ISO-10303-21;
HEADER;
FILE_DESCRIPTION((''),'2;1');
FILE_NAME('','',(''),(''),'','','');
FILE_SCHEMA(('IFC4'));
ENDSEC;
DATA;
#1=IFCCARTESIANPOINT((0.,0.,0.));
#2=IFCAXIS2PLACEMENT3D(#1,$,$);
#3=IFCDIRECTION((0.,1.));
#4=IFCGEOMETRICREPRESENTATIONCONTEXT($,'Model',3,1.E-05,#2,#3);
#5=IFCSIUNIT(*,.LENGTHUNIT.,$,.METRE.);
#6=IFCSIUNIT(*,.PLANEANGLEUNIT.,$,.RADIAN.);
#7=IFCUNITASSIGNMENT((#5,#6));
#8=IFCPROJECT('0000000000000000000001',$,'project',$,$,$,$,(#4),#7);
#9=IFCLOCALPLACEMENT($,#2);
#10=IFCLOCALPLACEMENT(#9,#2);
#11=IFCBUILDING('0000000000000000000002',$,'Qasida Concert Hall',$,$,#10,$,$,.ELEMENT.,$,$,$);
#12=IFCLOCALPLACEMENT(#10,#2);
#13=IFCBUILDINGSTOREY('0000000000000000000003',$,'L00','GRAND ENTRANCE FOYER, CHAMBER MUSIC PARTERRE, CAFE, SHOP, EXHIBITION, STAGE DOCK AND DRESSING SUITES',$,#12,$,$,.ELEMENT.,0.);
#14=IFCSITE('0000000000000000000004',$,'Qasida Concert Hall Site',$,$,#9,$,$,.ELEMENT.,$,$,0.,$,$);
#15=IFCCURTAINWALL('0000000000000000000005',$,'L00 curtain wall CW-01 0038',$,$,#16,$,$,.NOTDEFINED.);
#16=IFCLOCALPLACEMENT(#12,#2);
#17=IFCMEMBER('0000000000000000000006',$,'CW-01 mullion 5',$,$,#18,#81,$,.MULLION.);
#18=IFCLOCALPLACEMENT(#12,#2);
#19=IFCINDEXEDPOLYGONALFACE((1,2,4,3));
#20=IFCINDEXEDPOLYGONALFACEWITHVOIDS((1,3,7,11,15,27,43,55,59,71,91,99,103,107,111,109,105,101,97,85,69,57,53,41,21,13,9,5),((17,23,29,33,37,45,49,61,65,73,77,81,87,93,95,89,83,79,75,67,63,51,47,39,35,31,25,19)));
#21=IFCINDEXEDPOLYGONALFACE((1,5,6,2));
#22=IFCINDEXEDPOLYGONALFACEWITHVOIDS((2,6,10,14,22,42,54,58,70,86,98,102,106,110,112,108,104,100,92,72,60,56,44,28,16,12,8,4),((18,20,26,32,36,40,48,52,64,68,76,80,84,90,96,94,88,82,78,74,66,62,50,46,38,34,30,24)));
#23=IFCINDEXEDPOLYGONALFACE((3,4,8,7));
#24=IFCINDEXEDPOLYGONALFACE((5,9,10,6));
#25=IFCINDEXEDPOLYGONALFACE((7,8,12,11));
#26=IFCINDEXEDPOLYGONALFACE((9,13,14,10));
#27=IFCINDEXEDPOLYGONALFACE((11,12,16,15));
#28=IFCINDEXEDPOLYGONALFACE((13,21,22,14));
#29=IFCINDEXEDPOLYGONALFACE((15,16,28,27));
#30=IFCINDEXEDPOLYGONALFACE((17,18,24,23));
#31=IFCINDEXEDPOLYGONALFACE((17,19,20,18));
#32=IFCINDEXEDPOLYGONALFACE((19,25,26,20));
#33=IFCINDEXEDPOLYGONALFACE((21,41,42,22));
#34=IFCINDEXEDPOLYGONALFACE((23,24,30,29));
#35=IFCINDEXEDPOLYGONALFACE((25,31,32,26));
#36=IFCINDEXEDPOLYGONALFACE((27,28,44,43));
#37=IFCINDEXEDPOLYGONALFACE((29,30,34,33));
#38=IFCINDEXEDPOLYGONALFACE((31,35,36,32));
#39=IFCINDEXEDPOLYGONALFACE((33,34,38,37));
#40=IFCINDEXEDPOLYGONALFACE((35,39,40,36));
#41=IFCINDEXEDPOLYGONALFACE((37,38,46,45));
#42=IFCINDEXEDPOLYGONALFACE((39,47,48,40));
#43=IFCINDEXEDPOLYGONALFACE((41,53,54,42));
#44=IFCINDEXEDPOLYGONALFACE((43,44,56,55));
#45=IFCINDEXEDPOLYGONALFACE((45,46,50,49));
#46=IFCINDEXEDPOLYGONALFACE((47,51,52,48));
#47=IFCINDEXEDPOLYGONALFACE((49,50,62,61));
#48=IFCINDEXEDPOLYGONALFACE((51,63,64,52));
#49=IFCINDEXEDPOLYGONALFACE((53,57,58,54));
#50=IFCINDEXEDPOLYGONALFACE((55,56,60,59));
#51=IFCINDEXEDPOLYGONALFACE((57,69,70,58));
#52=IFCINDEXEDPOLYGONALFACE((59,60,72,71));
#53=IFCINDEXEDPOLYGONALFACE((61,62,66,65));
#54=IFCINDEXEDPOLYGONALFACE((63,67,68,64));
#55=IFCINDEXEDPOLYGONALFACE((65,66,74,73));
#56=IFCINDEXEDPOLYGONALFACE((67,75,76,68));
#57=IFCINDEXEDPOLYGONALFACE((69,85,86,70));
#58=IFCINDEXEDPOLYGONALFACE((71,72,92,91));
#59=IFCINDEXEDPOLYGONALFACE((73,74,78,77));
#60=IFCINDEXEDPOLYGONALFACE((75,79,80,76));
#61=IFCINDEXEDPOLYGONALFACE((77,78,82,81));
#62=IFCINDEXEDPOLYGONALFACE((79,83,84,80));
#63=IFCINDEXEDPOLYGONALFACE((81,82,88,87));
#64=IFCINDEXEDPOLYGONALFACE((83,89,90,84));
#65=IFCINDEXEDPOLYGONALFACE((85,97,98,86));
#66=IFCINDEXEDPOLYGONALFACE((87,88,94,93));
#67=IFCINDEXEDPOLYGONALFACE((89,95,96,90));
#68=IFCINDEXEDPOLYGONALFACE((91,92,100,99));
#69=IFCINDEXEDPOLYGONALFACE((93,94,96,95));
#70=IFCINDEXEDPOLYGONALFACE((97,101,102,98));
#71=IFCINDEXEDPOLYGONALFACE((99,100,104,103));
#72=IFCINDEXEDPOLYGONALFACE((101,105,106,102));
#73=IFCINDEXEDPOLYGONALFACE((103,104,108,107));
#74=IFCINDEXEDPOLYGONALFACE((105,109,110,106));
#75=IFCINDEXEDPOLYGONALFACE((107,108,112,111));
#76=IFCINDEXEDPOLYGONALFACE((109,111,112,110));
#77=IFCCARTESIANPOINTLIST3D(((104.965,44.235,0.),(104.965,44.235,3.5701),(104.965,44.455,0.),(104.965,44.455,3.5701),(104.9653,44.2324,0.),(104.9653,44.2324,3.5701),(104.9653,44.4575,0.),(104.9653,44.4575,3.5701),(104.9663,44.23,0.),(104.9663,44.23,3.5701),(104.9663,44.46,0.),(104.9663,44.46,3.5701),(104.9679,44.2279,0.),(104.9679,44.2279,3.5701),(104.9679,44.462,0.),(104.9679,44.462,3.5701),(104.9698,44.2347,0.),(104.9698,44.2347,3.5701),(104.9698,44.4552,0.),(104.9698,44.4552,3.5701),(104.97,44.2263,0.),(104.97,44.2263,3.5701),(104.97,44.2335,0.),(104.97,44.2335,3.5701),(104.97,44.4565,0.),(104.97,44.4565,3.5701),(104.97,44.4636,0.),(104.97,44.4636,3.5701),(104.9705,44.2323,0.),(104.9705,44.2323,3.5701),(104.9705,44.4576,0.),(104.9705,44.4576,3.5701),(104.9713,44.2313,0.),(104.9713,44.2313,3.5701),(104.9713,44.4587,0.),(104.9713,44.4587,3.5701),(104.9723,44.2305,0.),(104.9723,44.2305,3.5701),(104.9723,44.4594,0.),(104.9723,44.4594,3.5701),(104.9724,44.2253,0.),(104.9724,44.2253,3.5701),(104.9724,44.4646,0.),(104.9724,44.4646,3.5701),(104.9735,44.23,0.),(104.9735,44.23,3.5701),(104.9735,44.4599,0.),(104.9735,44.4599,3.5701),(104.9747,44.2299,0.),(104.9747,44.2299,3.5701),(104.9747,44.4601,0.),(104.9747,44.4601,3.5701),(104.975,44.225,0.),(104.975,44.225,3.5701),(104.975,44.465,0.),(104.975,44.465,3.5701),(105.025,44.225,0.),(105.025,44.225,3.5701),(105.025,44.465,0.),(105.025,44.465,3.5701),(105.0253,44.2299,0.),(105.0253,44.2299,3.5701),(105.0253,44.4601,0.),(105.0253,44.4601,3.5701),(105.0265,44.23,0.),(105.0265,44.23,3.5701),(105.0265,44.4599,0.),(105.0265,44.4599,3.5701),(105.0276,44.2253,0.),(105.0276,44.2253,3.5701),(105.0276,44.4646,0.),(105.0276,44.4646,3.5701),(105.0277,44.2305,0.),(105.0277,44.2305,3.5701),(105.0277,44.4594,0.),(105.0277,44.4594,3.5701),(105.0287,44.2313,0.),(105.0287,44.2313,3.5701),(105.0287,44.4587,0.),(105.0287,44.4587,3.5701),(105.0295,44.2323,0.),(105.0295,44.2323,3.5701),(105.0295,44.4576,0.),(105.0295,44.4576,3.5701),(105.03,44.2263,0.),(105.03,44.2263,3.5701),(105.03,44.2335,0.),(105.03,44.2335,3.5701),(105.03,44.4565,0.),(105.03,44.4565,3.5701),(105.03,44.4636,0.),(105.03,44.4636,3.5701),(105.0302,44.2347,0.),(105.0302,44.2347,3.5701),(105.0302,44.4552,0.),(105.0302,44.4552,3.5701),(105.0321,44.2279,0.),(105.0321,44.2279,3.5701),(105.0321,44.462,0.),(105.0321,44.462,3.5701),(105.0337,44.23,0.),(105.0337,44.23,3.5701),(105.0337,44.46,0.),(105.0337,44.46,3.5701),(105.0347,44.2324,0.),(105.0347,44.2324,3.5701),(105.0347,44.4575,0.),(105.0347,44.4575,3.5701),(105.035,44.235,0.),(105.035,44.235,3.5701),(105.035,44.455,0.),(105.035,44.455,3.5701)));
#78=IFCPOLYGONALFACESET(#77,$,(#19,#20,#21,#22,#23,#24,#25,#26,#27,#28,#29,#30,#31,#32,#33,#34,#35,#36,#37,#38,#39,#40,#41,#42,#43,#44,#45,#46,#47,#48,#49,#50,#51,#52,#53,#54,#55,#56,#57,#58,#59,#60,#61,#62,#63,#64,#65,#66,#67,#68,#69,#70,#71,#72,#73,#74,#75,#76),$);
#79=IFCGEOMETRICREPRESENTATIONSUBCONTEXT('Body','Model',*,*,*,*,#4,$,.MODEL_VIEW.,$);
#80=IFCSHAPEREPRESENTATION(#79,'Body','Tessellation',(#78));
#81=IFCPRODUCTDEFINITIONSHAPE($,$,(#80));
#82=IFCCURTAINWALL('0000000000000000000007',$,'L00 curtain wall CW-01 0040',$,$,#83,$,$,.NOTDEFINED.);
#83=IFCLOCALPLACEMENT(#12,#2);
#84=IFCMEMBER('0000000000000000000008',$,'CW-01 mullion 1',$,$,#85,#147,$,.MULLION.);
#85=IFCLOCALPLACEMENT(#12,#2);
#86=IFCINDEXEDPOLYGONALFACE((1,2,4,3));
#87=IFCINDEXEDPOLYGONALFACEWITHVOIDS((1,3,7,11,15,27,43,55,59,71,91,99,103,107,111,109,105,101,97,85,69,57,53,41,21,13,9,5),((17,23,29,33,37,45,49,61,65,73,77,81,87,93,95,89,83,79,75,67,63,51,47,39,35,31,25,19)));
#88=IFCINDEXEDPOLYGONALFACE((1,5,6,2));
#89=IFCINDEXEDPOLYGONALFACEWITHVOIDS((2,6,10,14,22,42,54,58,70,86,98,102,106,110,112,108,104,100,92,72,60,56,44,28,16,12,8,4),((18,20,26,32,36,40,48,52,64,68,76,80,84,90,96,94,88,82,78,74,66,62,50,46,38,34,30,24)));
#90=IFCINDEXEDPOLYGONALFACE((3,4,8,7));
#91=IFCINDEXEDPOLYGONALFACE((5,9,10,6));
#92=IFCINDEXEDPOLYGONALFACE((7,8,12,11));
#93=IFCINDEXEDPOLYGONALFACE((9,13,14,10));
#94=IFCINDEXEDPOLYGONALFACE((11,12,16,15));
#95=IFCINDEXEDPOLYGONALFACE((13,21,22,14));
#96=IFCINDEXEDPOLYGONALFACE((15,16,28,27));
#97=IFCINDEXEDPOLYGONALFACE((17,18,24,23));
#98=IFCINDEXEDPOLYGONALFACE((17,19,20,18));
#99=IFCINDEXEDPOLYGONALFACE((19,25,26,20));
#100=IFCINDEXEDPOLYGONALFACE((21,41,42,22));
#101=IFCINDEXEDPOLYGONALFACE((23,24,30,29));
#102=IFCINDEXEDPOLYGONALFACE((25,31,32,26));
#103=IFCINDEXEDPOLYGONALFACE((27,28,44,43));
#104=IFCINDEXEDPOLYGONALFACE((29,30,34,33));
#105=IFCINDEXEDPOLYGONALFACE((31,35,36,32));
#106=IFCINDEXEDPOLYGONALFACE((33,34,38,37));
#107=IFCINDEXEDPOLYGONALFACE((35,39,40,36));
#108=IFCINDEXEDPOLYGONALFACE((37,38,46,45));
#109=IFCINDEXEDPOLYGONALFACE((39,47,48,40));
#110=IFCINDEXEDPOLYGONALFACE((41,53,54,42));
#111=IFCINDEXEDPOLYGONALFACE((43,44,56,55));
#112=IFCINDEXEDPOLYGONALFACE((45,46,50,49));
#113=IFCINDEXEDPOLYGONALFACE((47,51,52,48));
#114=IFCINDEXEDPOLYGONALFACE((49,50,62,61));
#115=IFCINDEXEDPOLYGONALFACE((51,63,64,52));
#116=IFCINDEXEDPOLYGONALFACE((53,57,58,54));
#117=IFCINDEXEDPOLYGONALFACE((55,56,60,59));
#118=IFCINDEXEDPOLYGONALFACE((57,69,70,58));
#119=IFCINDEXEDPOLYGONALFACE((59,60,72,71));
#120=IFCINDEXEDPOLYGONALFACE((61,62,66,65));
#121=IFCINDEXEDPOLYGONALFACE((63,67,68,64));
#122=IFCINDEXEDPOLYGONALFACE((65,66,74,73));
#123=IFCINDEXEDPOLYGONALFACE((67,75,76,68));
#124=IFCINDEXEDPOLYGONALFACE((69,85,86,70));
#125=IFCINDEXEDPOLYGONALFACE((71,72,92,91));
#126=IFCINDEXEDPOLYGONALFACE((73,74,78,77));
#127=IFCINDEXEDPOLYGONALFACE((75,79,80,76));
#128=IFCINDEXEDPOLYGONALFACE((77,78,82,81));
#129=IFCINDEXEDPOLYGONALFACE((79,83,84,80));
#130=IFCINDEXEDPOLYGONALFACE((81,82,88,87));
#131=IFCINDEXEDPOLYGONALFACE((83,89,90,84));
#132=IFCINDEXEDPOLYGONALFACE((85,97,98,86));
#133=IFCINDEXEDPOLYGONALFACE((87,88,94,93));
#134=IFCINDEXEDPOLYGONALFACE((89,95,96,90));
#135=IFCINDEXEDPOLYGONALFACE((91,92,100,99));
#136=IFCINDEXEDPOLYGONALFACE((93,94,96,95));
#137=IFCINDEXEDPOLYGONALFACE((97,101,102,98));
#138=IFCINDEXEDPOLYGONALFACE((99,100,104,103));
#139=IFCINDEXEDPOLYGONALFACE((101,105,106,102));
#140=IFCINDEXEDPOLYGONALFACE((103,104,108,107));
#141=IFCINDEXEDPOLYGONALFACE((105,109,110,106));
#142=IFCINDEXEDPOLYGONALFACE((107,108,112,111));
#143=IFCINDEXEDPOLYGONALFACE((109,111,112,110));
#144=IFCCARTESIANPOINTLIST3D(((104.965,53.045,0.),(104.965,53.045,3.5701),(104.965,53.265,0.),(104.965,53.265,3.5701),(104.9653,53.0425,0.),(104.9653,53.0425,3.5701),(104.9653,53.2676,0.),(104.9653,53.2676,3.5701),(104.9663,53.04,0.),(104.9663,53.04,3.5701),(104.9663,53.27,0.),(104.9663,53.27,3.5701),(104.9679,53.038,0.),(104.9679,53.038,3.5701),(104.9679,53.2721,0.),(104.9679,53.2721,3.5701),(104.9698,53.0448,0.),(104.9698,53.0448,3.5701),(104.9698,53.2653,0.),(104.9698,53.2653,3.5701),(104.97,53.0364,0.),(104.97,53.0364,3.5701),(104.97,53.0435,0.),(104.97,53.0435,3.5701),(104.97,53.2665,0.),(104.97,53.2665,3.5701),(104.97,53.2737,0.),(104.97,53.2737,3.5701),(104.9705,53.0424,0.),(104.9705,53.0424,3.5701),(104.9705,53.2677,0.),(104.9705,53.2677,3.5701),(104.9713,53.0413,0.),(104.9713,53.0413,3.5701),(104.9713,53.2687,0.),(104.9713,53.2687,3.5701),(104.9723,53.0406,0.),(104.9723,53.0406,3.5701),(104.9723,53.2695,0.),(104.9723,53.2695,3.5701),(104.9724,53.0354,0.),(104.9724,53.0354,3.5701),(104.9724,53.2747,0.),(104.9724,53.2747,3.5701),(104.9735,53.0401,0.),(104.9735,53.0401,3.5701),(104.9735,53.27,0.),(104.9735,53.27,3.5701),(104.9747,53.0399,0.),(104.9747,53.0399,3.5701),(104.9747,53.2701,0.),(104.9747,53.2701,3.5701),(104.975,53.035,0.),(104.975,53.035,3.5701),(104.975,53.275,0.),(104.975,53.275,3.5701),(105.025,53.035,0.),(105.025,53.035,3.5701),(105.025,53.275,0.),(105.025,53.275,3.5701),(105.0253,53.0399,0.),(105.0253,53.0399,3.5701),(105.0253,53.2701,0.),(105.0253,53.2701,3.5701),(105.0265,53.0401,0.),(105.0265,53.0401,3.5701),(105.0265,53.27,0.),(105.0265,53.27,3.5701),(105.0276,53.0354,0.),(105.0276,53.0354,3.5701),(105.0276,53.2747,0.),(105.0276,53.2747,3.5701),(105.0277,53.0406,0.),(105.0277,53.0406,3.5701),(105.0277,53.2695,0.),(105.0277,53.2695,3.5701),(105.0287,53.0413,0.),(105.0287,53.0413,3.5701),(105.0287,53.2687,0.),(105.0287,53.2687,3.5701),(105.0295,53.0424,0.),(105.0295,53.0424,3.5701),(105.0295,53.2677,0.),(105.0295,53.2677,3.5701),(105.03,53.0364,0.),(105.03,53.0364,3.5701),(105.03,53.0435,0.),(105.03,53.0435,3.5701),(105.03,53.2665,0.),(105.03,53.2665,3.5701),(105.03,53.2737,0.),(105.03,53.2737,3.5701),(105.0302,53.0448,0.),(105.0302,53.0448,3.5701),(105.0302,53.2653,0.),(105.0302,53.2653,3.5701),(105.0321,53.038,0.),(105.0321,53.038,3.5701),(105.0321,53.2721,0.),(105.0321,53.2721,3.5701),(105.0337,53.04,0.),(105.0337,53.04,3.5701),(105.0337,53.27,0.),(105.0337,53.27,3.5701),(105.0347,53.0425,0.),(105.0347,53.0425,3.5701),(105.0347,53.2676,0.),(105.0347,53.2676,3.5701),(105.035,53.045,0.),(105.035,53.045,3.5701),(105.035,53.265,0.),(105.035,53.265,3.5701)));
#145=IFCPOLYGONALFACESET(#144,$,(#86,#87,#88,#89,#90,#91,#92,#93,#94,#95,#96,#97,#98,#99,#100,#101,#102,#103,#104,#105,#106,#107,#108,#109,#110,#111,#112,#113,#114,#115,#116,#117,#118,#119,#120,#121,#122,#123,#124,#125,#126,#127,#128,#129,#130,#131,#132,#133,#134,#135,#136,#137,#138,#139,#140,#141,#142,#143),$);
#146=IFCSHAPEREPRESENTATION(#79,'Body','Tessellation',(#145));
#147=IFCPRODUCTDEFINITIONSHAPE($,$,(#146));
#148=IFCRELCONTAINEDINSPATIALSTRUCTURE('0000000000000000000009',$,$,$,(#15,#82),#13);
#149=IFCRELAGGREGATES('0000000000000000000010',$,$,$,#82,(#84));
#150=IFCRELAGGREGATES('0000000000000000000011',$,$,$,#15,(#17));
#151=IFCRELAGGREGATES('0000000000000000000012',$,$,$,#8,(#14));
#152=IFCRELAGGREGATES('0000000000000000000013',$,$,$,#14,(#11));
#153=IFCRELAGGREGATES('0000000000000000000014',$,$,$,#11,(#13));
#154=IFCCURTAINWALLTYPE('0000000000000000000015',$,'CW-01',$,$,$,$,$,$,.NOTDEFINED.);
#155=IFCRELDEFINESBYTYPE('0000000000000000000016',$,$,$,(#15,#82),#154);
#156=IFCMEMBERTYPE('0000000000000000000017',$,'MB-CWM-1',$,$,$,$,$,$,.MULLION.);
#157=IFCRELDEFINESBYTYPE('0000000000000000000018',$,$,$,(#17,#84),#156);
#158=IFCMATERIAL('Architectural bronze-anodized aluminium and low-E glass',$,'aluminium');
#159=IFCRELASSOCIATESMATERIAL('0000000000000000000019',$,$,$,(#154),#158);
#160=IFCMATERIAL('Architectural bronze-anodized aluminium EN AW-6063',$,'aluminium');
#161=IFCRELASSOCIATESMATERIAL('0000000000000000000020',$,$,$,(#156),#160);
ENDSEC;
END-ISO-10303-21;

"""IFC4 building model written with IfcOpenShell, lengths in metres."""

from ifc_helpers import new_model, si_unit, direction, frame, origin, origin_2d, place, context, subcontext, project, spatial, hollow_rectangle, extrude, material, material_profile, profile_set, type_object, element, aggregate, save


model = new_model("IFC4")

# Units and contexts
model_context = context("Model", 3, precision=1e-05, world=origin(), true_north=direction((0.0, 1.0)))
body_context = subcontext(model_context, "Body", "Model", "MODEL_VIEW")
ifc_project = project(units=[si_unit("LENGTHUNIT", "METRE"), si_unit("PLANEANGLEUNIT", "RADIAN")], contexts=[model_context])

# Site, building, storey
site_placement = place(None, origin())
site = spatial("IfcSite", under=ifc_project, at=site_placement, Name="Qasida Concert Hall Site", CompositionType="ELEMENT", RefElevation=0.0)
building_placement = place(site_placement, origin())
building = spatial("IfcBuilding", under=site, at=building_placement, Name="Qasida Concert Hall", CompositionType="ELEMENT")
storey_placement = place(building_placement, origin())
storey = spatial("IfcBuildingStorey", under=building, at=storey_placement, Name="L00", Description="GRAND ENTRANCE FOYER, CHAMBER MUSIC PARTERRE, CAFE, SHOP, EXHIBITION, STAGE DOCK AND DRESSING SUITES", CompositionType="ELEMENT", Elevation=0.0)

# Curtain wall, member
ifc_material_1 = material(Name="Architectural bronze-anodized aluminium and low-E glass", Category="aluminium")
curtain_wall_type = type_object("IfcCurtainWallType", Name="CW-01", PredefinedType="NOTDEFINED", material=ifc_material_1)
curtain_wall_1_placement = place(storey_placement, origin())
curtain_wall_1 = element("IfcCurtainWall", 1, at=curtain_wall_1_placement, inside=storey, type_object=curtain_wall_type, Name="L00 curtain wall CW-01 0038", PredefinedType="NOTDEFINED")
ifc_material_2 = material(Name="Architectural bronze-anodized aluminium EN AW-6063", Category="aluminium")
ifc_material_profile_1 = material_profile(ifc_material_2, hollow_rectangle(XDim=0.0701, YDim=0.24, WallThickness=0.0049, InnerFilletRadius=0.0049, OuterFilletRadius=0.01, at=origin_2d()), Name="CWM 240x70x5")
ifc_profile_set_1 = profile_set([ifc_material_profile_1], Name="Architectural bronze-anodized aluminium EN AW-6063")
member_type_1 = type_object("IfcMemberType", Name="MB-CWM-1", PredefinedType="MULLION", material=ifc_profile_set_1)
member_1_placement = place(storey_placement, frame((105.0, 44.345, 0.0), z_axis=(0.0, 0.0, 1.0), x_axis=(-1.0, 0.0, 0.0)))
member_1 = element("IfcMember", 2, at=member_1_placement, type_object=member_type_1, Name="CW-01 mullion 5", PredefinedType="MULLION", context=body_context, shape_type="SweptSolid", body=[
    extrude(hollow_rectangle(XDim=0.0701, YDim=0.24, WallThickness=0.0049, InnerFilletRadius=0.0049, OuterFilletRadius=0.01, at=origin_2d()), origin(), (0.0, 0.0, 1.0), 3.5701),
])

# Curtain wall, member
curtain_wall_2_placement = place(storey_placement, origin())
curtain_wall_2 = element("IfcCurtainWall", 3, at=curtain_wall_2_placement, inside=storey, type_object=curtain_wall_type, Name="L00 curtain wall CW-01 0040", PredefinedType="NOTDEFINED")
member_2_placement = place(storey_placement, frame((105.0, 53.155, 0.0), z_axis=(0.0, 0.0, 1.0), x_axis=(-1.0, 0.0, 0.0)))
member_2 = element("IfcMember", 4, at=member_2_placement, type_object=member_type_1, Name="CW-01 mullion 1", PredefinedType="MULLION", context=body_context, shape_type="SweptSolid", body=[
    extrude(hollow_rectangle(XDim=0.0701, YDim=0.24, WallThickness=0.0049, InnerFilletRadius=0.0049, OuterFilletRadius=0.01, at=origin_2d()), origin(), (0.0, 0.0, 1.0), 3.5701),
])
aggregate(curtain_wall_2, [member_2])

aggregate(curtain_wall_1, [member_1])

save(model, "model.ifc")
